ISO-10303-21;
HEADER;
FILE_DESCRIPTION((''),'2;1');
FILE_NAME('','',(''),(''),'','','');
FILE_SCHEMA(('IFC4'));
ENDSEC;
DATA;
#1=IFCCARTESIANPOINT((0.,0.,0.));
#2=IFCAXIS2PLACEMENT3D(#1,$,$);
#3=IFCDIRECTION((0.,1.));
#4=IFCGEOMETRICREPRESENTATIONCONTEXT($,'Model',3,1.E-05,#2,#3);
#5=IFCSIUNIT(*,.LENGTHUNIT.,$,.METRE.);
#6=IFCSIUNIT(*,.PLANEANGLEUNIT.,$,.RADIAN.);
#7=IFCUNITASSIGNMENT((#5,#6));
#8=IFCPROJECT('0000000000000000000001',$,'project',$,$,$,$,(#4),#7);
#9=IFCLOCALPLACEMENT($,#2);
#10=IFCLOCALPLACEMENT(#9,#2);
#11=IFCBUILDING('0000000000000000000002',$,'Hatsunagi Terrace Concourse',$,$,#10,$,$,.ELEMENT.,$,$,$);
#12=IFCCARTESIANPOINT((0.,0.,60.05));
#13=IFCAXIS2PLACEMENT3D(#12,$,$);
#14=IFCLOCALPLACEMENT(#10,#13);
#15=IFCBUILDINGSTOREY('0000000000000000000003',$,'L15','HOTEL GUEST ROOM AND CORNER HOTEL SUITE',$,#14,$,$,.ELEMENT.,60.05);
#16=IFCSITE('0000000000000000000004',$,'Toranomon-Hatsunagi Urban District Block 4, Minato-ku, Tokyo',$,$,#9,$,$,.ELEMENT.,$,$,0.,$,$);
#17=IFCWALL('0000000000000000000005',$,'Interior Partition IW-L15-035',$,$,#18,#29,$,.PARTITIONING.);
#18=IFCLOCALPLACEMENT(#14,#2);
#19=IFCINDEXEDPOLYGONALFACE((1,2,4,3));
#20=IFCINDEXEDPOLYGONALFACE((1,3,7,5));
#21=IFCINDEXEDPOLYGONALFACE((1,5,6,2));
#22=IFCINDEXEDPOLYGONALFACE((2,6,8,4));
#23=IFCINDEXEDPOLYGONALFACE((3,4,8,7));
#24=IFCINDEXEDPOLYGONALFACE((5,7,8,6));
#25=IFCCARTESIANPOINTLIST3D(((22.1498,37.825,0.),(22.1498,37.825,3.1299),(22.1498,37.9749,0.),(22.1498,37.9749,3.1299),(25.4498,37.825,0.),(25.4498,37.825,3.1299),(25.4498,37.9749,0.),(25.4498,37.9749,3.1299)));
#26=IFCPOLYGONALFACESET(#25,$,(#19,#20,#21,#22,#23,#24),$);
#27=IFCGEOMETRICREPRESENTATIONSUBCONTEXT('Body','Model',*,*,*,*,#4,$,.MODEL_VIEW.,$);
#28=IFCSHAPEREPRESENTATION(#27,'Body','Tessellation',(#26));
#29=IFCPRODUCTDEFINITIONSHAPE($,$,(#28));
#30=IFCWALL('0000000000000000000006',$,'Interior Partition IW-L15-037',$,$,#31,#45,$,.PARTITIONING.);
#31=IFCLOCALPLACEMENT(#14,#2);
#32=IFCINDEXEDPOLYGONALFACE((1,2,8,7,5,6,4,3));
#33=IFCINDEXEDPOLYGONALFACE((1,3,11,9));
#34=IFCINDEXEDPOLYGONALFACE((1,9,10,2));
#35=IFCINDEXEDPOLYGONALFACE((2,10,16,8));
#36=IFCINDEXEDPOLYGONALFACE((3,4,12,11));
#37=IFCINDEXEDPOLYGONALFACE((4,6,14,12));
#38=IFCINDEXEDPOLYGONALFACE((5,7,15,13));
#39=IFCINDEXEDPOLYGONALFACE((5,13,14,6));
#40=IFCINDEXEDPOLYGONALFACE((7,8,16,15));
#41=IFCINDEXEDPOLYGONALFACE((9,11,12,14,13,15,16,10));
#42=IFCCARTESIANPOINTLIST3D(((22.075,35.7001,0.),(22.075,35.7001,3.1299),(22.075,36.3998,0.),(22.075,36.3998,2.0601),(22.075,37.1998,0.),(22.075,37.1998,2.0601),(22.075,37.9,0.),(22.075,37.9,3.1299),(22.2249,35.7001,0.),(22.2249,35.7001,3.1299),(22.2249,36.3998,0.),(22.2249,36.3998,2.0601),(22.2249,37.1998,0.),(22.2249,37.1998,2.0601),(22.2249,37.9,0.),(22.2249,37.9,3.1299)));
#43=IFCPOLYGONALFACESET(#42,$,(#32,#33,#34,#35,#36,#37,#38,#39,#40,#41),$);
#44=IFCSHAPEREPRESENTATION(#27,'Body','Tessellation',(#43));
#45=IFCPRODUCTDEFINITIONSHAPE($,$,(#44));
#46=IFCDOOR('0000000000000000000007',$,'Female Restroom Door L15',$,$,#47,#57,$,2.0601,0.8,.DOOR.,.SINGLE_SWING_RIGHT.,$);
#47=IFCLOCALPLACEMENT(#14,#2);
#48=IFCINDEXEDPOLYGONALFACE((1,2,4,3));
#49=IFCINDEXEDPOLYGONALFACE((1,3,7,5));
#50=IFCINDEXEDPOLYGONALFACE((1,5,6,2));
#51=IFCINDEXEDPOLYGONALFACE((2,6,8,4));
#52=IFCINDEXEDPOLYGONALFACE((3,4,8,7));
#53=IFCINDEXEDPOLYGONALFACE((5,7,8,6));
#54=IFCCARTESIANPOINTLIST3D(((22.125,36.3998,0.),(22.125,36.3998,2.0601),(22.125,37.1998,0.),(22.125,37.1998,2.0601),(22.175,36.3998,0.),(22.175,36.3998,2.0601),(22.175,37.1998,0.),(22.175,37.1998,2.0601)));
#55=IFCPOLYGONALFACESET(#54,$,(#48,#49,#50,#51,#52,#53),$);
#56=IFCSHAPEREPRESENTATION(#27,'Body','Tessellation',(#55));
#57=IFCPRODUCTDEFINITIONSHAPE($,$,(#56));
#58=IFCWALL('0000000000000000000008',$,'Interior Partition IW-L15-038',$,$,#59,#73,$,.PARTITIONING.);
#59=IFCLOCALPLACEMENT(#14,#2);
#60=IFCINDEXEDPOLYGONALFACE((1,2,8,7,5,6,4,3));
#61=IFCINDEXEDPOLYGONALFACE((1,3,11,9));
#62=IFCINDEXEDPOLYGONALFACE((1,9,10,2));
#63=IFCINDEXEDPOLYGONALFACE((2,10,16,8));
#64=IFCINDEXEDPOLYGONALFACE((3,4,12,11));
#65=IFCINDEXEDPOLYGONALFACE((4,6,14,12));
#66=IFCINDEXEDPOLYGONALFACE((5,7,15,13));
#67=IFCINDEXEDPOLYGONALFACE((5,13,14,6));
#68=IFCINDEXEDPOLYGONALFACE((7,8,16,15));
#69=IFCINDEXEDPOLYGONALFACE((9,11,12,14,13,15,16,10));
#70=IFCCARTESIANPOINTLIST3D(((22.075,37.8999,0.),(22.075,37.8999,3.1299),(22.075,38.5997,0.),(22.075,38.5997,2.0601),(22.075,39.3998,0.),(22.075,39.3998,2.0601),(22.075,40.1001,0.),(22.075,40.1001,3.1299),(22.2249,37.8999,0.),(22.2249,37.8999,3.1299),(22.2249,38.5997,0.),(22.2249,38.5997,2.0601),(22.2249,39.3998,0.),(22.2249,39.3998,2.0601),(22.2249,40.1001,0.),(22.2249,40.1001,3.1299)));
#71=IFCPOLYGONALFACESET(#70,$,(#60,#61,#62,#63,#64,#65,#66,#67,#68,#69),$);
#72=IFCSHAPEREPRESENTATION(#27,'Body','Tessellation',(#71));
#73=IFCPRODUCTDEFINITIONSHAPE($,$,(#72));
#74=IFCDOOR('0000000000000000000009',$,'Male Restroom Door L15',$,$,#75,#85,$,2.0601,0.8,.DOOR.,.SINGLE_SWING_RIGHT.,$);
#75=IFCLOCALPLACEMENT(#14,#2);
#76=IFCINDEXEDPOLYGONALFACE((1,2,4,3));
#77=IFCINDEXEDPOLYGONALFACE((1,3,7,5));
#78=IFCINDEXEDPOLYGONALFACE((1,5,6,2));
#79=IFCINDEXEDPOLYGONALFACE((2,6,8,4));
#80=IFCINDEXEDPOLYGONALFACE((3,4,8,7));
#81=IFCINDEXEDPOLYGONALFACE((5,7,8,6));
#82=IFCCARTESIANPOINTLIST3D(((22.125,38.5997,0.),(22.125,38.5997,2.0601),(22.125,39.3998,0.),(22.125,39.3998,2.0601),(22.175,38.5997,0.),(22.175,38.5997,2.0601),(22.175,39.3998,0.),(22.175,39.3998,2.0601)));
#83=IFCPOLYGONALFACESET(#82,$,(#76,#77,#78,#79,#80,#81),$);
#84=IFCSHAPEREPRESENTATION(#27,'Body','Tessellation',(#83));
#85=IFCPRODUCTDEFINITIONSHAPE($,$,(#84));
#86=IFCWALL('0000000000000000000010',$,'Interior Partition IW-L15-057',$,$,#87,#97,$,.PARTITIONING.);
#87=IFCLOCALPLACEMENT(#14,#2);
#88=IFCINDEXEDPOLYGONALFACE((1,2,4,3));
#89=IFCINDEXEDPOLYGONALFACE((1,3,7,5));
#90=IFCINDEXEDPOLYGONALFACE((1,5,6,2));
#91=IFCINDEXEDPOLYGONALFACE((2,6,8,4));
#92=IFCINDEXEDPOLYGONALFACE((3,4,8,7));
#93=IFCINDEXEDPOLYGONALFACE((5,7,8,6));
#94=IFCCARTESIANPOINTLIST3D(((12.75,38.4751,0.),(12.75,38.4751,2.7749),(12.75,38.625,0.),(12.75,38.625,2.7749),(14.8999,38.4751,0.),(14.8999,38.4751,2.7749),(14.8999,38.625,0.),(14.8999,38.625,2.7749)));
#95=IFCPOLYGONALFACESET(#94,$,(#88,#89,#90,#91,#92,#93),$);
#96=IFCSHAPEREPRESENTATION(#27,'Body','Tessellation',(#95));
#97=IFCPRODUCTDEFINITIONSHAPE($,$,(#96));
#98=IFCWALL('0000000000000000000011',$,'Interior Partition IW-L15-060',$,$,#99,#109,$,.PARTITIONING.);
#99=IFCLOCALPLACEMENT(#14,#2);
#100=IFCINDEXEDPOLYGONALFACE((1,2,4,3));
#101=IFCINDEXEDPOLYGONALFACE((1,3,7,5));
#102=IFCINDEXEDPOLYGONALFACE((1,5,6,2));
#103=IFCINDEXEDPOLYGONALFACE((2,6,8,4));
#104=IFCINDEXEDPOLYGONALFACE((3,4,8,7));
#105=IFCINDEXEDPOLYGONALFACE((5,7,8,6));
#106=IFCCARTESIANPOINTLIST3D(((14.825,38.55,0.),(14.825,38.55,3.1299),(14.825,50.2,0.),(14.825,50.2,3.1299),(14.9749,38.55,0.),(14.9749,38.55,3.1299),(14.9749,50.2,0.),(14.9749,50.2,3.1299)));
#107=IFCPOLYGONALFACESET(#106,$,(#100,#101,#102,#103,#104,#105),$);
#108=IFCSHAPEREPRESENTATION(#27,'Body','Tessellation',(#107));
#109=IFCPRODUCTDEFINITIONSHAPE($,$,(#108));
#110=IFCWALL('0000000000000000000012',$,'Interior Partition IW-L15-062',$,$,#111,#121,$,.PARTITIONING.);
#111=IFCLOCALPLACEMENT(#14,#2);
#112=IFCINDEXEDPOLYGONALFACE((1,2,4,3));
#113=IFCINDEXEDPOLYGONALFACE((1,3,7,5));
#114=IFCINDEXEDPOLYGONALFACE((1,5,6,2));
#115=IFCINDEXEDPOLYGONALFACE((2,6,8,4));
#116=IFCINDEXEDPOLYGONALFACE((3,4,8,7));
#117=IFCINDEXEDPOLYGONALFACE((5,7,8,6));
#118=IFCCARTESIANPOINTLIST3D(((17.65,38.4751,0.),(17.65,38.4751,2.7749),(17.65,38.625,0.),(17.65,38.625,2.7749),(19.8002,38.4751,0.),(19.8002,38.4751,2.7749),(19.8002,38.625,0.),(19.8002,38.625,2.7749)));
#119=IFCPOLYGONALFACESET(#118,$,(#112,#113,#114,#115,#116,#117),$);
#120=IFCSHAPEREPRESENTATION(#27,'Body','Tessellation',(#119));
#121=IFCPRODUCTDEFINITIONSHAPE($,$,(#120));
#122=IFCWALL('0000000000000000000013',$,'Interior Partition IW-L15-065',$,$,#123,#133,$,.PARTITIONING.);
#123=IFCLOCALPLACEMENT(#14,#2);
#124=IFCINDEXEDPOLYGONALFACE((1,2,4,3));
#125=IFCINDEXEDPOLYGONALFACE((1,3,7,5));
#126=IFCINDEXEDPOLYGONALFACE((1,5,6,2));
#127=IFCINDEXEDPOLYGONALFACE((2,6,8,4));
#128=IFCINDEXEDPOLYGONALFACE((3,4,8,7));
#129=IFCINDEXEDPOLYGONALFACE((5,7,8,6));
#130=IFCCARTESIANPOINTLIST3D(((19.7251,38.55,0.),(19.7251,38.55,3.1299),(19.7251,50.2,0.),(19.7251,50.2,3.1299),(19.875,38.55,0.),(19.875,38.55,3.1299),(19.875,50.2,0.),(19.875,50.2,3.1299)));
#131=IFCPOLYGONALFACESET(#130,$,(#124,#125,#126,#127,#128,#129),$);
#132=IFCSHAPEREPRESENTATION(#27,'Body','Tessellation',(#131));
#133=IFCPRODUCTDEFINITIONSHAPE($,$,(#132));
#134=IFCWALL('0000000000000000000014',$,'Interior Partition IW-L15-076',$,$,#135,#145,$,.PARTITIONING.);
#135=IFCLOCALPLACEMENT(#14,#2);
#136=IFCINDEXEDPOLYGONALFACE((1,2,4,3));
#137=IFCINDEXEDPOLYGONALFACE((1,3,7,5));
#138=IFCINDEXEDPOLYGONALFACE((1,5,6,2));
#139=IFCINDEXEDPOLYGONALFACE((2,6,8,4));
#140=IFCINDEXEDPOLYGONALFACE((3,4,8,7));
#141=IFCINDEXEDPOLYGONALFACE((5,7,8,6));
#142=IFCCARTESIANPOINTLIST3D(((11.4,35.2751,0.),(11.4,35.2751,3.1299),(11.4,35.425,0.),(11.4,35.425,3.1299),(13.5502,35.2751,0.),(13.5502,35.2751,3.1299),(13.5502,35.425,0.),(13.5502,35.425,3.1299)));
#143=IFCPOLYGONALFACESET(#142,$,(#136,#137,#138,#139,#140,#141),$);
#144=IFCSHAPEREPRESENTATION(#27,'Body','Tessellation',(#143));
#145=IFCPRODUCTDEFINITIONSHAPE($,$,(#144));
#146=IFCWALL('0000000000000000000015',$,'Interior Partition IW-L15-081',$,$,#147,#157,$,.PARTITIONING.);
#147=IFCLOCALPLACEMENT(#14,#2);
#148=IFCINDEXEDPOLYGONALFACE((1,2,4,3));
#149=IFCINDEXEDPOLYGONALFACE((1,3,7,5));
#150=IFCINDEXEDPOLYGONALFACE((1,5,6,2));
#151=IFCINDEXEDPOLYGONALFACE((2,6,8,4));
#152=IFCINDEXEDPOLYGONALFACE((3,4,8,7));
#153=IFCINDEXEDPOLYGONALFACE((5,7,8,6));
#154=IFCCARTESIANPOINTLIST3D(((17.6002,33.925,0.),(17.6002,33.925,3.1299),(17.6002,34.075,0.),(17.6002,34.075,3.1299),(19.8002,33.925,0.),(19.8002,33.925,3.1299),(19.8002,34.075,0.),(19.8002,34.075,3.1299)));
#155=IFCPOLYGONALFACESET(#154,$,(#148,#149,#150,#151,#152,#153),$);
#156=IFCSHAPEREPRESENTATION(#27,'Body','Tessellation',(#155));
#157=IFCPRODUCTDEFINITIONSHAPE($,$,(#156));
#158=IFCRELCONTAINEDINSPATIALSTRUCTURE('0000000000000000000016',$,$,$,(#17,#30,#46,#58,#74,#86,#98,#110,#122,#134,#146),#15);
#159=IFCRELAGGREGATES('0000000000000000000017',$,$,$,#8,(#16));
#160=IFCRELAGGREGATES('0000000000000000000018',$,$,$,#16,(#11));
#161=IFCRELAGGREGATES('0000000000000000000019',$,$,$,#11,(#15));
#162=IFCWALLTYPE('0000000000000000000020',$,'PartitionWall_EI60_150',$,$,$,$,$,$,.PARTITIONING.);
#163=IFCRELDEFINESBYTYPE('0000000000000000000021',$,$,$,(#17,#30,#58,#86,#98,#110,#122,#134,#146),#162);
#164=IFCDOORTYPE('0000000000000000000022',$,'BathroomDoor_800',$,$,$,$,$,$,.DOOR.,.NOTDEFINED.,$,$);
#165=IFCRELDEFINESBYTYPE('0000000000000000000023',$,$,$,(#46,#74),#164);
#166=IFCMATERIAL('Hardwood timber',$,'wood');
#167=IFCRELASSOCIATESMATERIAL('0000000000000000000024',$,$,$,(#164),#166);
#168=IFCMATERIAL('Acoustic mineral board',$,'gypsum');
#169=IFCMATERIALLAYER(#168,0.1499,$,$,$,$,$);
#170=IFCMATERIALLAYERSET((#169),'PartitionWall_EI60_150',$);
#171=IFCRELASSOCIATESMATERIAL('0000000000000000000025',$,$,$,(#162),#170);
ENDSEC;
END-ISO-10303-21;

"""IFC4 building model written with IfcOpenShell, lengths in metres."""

from ifc_helpers import new_model, si_unit, direction, frame, frame_2d, origin, place, context, subcontext, project, spatial, rectangle, extrude, material, layer, layer_set, type_object, element, fill, save


model = new_model("IFC4")

# Units and contexts
model_context = context("Model", 3, precision=1e-05, world=origin(), true_north=direction((0.0, 1.0)))
body_context = subcontext(model_context, "Body", "Model", "MODEL_VIEW")
ifc_project = project(units=[si_unit("LENGTHUNIT", "METRE"), si_unit("PLANEANGLEUNIT", "RADIAN")], contexts=[model_context])

# Site, building, storey
site_placement = place(None, origin())
site = spatial("IfcSite", under=ifc_project, at=site_placement, Name="Toranomon-Hatsunagi Urban District Block 4, Minato-ku, Tokyo", CompositionType="ELEMENT", RefElevation=0.0)
building_placement = place(site_placement, origin())
building = spatial("IfcBuilding", under=site, at=building_placement, Name="Hatsunagi Terrace Concourse", CompositionType="ELEMENT")
storey_placement = place(building_placement, frame((0.0, 0.0, 60.05)))
storey = spatial("IfcBuildingStorey", under=building, at=storey_placement, Name="L15", Description="HOTEL GUEST ROOM AND CORNER HOTEL SUITE", CompositionType="ELEMENT", Elevation=60.05)

# Shared definitions
ifc_material_1 = material(Name="Hardwood timber", Category="wood")
door_type_1 = type_object("IfcDoorType", Name="BathroomDoor_800", OperationType="NOTDEFINED", PredefinedType="DOOR", material=ifc_material_1)

# Wall
ifc_material_2 = material(Name="Acoustic mineral board", Category="gypsum")
ifc_layer_1 = layer(ifc_material_2, 0.1499)
ifc_layer_set_1 = layer_set([ifc_layer_1], Name="PartitionWall_EI60_150")
wall_type_1 = type_object("IfcWallType", Name="PartitionWall_EI60_150", PredefinedType="PARTITIONING", material=ifc_layer_set_1)
for number, where, z_axis, x_axis, name in (
    (1, (22.1499, 37.8999, 0.0), (0.0, 0.0, 1.0), (1.0, 0.0, 0.0), "Interior Partition IW-L15-035"),
):
    element("IfcWall", number, at=place(storey_placement, frame(where, z_axis=z_axis, x_axis=x_axis)), inside=storey, type_object=wall_type_1, Name=name, PredefinedType="PARTITIONING", context=body_context, shape_type="SweptSolid", body=[
        extrude(rectangle(XDim=3.3, YDim=0.1499, at=frame_2d((1.6499, 0.0))), origin(), (0.0, 0.0, 1.0), 3.1299),
    ])

# Walls, openings, doors
wall_1_placement = place(storey_placement, frame((22.1499, 35.7, 0.0), z_axis=(0.0, 0.0, 1.0), x_axis=(0.0, 1.0, 0.0)))
wall_1 = element("IfcWall", 2, at=wall_1_placement, inside=storey, type_object=wall_type_1, Name="Interior Partition IW-L15-037", PredefinedType="PARTITIONING", context=body_context, shape_type="SweptSolid", body=[
    extrude(rectangle(XDim=2.2, YDim=0.1499, at=frame_2d((1.1001, 0.0))), origin(), (0.0, 0.0, 1.0), 3.1299),
])
opening_1_placement = place(wall_1_placement, frame((0.7, 0.0, 0.0)))
opening_1 = element("IfcOpeningElement", 3, at=opening_1_placement, cuts=wall_1, PredefinedType="OPENING", context=body_context, shape_type="SweptSolid", body=[
    extrude(rectangle(XDim=0.8, YDim=2.0601, at=frame_2d((0.3999, 1.03))), frame((0.0, 0.085, 0.0), z_axis=(0.0, -1.0, 0.0), x_axis=(1.0, 0.0, 0.0)), (0.0, 0.0, 1.0), 0.1699),
])
door_1_placement = place(opening_1_placement, origin())
door_1 = element("IfcDoor", 4, at=door_1_placement, inside=storey, type_object=door_type_1, Name="Female Restroom Door L15", OperationType="SINGLE_SWING_RIGHT", OverallHeight=2.0601, OverallWidth=0.8, PredefinedType="DOOR", context=body_context, shape_type="SweptSolid", body=[
    extrude(rectangle(XDim=0.8, YDim=2.0601, at=frame_2d((0.3999, 1.03))), frame((0.0, 0.0249, 0.0), z_axis=(0.0, -1.0, 0.0), x_axis=(1.0, 0.0, 0.0)), (0.0, 0.0, 1.0), 0.05),
])
fill(opening_1, door_1)
wall_2_placement = place(storey_placement, frame((22.1499, 37.8999, 0.0), z_axis=(0.0, 0.0, 1.0), x_axis=(0.0, 1.0, 0.0)))
wall_2 = element("IfcWall", 5, at=wall_2_placement, inside=storey, type_object=wall_type_1, Name="Interior Partition IW-L15-038", PredefinedType="PARTITIONING", context=body_context, shape_type="SweptSolid", body=[
    extrude(rectangle(XDim=2.2002, YDim=0.1499, at=frame_2d((1.1001, 0.0))), origin(), (0.0, 0.0, 1.0), 3.1299),
])
opening_2_placement = place(wall_2_placement, frame((0.7, 0.0, 0.0)))
opening_2 = element("IfcOpeningElement", 6, at=opening_2_placement, cuts=wall_2, PredefinedType="OPENING", context=body_context, shape_type="SweptSolid", body=[
    extrude(rectangle(XDim=0.8, YDim=2.0601, at=frame_2d((0.3999, 1.03))), frame((0.0, 0.085, 0.0), z_axis=(0.0, -1.0, 0.0), x_axis=(1.0, 0.0, 0.0)), (0.0, 0.0, 1.0), 0.1699),
])
door_2_placement = place(opening_2_placement, origin())
door_2 = element("IfcDoor", 7, at=door_2_placement, inside=storey, type_object=door_type_1, Name="Male Restroom Door L15", OperationType="SINGLE_SWING_RIGHT", OverallHeight=2.0601, OverallWidth=0.8, PredefinedType="DOOR", context=body_context, shape_type="SweptSolid", body=[
    extrude(rectangle(XDim=0.8, YDim=2.0601, at=frame_2d((0.3999, 1.03))), frame((0.0, 0.0249, 0.0), z_axis=(0.0, -1.0, 0.0), x_axis=(1.0, 0.0, 0.0)), (0.0, 0.0, 1.0), 0.05),
])
fill(opening_2, door_2)

# Walls
wall_3_placement = place(storey_placement, frame((12.75, 38.55, 0.0), z_axis=(0.0, 0.0, 1.0), x_axis=(1.0, 0.0, 0.0)))
element("IfcWall", 8, at=wall_3_placement, inside=storey, type_object=wall_type_1, Name="Interior Partition IW-L15-057", PredefinedType="PARTITIONING", context=body_context, shape_type="SweptSolid", body=[
    extrude(rectangle(XDim=2.1499, YDim=0.1499, at=frame_2d((1.075, 0.0))), origin(), (0.0, 0.0, 1.0), 2.7749),
])
wall_4_placement = place(storey_placement, frame((14.8999, 38.55, 0.0), z_axis=(0.0, 0.0, 1.0), x_axis=(0.0, 1.0, 0.0)))
element("IfcWall", 9, at=wall_4_placement, inside=storey, type_object=wall_type_1, Name="Interior Partition IW-L15-060", PredefinedType="PARTITIONING", context=body_context, shape_type="SweptSolid", body=[
    extrude(rectangle(XDim=11.6499, YDim=0.1499, at=frame_2d((5.825, 0.0))), origin(), (0.0, 0.0, 1.0), 3.1299),
])

# Walls
wall_5_placement = place(storey_placement, frame((17.6499, 38.55, 0.0), z_axis=(0.0, 0.0, 1.0), x_axis=(1.0, 0.0, 0.0)))
element("IfcWall", 10, at=wall_5_placement, inside=storey, type_object=wall_type_1, Name="Interior Partition IW-L15-062", PredefinedType="PARTITIONING", context=body_context, shape_type="SweptSolid", body=[
    extrude(rectangle(XDim=2.1501, YDim=0.1499, at=frame_2d((1.0752, 0.0))), origin(), (0.0, 0.0, 1.0), 2.7749),
])
wall_6_placement = place(storey_placement, frame((19.8, 38.55, 0.0), z_axis=(0.0, 0.0, 1.0), x_axis=(0.0, 1.0, 0.0)))
element("IfcWall", 11, at=wall_6_placement, inside=storey, type_object=wall_type_1, Name="Interior Partition IW-L15-065", PredefinedType="PARTITIONING", context=body_context, shape_type="SweptSolid", body=[
    extrude(rectangle(XDim=11.6499, YDim=0.1499, at=frame_2d((5.825, 0.0))), origin(), (0.0, 0.0, 1.0), 3.1299),
])
wall_7_placement = place(storey_placement, frame((11.3999, 35.3501, 0.0), z_axis=(0.0, 0.0, 1.0), x_axis=(1.0, 0.0, 0.0)))
element("IfcWall", 12, at=wall_7_placement, inside=storey, type_object=wall_type_1, Name="Interior Partition IW-L15-076", PredefinedType="PARTITIONING", context=body_context, shape_type="SweptSolid", body=[
    extrude(rectangle(XDim=2.1501, YDim=0.1499, at=frame_2d((1.0752, 0.0))), origin(), (0.0, 0.0, 1.0), 3.1299),
])

# Wall
wall_8_placement = place(storey_placement, frame((17.6001, 34.0, 0.0), z_axis=(0.0, 0.0, 1.0), x_axis=(1.0, 0.0, 0.0)))
element("IfcWall", 13, at=wall_8_placement, inside=storey, type_object=wall_type_1, Name="Interior Partition IW-L15-081", PredefinedType="PARTITIONING", context=body_context, shape_type="SweptSolid", body=[
    extrude(rectangle(XDim=2.2, YDim=0.1499, at=frame_2d((1.1001, 0.0))), origin(), (0.0, 0.0, 1.0), 3.1299),
])

save(model, "model.ifc")
